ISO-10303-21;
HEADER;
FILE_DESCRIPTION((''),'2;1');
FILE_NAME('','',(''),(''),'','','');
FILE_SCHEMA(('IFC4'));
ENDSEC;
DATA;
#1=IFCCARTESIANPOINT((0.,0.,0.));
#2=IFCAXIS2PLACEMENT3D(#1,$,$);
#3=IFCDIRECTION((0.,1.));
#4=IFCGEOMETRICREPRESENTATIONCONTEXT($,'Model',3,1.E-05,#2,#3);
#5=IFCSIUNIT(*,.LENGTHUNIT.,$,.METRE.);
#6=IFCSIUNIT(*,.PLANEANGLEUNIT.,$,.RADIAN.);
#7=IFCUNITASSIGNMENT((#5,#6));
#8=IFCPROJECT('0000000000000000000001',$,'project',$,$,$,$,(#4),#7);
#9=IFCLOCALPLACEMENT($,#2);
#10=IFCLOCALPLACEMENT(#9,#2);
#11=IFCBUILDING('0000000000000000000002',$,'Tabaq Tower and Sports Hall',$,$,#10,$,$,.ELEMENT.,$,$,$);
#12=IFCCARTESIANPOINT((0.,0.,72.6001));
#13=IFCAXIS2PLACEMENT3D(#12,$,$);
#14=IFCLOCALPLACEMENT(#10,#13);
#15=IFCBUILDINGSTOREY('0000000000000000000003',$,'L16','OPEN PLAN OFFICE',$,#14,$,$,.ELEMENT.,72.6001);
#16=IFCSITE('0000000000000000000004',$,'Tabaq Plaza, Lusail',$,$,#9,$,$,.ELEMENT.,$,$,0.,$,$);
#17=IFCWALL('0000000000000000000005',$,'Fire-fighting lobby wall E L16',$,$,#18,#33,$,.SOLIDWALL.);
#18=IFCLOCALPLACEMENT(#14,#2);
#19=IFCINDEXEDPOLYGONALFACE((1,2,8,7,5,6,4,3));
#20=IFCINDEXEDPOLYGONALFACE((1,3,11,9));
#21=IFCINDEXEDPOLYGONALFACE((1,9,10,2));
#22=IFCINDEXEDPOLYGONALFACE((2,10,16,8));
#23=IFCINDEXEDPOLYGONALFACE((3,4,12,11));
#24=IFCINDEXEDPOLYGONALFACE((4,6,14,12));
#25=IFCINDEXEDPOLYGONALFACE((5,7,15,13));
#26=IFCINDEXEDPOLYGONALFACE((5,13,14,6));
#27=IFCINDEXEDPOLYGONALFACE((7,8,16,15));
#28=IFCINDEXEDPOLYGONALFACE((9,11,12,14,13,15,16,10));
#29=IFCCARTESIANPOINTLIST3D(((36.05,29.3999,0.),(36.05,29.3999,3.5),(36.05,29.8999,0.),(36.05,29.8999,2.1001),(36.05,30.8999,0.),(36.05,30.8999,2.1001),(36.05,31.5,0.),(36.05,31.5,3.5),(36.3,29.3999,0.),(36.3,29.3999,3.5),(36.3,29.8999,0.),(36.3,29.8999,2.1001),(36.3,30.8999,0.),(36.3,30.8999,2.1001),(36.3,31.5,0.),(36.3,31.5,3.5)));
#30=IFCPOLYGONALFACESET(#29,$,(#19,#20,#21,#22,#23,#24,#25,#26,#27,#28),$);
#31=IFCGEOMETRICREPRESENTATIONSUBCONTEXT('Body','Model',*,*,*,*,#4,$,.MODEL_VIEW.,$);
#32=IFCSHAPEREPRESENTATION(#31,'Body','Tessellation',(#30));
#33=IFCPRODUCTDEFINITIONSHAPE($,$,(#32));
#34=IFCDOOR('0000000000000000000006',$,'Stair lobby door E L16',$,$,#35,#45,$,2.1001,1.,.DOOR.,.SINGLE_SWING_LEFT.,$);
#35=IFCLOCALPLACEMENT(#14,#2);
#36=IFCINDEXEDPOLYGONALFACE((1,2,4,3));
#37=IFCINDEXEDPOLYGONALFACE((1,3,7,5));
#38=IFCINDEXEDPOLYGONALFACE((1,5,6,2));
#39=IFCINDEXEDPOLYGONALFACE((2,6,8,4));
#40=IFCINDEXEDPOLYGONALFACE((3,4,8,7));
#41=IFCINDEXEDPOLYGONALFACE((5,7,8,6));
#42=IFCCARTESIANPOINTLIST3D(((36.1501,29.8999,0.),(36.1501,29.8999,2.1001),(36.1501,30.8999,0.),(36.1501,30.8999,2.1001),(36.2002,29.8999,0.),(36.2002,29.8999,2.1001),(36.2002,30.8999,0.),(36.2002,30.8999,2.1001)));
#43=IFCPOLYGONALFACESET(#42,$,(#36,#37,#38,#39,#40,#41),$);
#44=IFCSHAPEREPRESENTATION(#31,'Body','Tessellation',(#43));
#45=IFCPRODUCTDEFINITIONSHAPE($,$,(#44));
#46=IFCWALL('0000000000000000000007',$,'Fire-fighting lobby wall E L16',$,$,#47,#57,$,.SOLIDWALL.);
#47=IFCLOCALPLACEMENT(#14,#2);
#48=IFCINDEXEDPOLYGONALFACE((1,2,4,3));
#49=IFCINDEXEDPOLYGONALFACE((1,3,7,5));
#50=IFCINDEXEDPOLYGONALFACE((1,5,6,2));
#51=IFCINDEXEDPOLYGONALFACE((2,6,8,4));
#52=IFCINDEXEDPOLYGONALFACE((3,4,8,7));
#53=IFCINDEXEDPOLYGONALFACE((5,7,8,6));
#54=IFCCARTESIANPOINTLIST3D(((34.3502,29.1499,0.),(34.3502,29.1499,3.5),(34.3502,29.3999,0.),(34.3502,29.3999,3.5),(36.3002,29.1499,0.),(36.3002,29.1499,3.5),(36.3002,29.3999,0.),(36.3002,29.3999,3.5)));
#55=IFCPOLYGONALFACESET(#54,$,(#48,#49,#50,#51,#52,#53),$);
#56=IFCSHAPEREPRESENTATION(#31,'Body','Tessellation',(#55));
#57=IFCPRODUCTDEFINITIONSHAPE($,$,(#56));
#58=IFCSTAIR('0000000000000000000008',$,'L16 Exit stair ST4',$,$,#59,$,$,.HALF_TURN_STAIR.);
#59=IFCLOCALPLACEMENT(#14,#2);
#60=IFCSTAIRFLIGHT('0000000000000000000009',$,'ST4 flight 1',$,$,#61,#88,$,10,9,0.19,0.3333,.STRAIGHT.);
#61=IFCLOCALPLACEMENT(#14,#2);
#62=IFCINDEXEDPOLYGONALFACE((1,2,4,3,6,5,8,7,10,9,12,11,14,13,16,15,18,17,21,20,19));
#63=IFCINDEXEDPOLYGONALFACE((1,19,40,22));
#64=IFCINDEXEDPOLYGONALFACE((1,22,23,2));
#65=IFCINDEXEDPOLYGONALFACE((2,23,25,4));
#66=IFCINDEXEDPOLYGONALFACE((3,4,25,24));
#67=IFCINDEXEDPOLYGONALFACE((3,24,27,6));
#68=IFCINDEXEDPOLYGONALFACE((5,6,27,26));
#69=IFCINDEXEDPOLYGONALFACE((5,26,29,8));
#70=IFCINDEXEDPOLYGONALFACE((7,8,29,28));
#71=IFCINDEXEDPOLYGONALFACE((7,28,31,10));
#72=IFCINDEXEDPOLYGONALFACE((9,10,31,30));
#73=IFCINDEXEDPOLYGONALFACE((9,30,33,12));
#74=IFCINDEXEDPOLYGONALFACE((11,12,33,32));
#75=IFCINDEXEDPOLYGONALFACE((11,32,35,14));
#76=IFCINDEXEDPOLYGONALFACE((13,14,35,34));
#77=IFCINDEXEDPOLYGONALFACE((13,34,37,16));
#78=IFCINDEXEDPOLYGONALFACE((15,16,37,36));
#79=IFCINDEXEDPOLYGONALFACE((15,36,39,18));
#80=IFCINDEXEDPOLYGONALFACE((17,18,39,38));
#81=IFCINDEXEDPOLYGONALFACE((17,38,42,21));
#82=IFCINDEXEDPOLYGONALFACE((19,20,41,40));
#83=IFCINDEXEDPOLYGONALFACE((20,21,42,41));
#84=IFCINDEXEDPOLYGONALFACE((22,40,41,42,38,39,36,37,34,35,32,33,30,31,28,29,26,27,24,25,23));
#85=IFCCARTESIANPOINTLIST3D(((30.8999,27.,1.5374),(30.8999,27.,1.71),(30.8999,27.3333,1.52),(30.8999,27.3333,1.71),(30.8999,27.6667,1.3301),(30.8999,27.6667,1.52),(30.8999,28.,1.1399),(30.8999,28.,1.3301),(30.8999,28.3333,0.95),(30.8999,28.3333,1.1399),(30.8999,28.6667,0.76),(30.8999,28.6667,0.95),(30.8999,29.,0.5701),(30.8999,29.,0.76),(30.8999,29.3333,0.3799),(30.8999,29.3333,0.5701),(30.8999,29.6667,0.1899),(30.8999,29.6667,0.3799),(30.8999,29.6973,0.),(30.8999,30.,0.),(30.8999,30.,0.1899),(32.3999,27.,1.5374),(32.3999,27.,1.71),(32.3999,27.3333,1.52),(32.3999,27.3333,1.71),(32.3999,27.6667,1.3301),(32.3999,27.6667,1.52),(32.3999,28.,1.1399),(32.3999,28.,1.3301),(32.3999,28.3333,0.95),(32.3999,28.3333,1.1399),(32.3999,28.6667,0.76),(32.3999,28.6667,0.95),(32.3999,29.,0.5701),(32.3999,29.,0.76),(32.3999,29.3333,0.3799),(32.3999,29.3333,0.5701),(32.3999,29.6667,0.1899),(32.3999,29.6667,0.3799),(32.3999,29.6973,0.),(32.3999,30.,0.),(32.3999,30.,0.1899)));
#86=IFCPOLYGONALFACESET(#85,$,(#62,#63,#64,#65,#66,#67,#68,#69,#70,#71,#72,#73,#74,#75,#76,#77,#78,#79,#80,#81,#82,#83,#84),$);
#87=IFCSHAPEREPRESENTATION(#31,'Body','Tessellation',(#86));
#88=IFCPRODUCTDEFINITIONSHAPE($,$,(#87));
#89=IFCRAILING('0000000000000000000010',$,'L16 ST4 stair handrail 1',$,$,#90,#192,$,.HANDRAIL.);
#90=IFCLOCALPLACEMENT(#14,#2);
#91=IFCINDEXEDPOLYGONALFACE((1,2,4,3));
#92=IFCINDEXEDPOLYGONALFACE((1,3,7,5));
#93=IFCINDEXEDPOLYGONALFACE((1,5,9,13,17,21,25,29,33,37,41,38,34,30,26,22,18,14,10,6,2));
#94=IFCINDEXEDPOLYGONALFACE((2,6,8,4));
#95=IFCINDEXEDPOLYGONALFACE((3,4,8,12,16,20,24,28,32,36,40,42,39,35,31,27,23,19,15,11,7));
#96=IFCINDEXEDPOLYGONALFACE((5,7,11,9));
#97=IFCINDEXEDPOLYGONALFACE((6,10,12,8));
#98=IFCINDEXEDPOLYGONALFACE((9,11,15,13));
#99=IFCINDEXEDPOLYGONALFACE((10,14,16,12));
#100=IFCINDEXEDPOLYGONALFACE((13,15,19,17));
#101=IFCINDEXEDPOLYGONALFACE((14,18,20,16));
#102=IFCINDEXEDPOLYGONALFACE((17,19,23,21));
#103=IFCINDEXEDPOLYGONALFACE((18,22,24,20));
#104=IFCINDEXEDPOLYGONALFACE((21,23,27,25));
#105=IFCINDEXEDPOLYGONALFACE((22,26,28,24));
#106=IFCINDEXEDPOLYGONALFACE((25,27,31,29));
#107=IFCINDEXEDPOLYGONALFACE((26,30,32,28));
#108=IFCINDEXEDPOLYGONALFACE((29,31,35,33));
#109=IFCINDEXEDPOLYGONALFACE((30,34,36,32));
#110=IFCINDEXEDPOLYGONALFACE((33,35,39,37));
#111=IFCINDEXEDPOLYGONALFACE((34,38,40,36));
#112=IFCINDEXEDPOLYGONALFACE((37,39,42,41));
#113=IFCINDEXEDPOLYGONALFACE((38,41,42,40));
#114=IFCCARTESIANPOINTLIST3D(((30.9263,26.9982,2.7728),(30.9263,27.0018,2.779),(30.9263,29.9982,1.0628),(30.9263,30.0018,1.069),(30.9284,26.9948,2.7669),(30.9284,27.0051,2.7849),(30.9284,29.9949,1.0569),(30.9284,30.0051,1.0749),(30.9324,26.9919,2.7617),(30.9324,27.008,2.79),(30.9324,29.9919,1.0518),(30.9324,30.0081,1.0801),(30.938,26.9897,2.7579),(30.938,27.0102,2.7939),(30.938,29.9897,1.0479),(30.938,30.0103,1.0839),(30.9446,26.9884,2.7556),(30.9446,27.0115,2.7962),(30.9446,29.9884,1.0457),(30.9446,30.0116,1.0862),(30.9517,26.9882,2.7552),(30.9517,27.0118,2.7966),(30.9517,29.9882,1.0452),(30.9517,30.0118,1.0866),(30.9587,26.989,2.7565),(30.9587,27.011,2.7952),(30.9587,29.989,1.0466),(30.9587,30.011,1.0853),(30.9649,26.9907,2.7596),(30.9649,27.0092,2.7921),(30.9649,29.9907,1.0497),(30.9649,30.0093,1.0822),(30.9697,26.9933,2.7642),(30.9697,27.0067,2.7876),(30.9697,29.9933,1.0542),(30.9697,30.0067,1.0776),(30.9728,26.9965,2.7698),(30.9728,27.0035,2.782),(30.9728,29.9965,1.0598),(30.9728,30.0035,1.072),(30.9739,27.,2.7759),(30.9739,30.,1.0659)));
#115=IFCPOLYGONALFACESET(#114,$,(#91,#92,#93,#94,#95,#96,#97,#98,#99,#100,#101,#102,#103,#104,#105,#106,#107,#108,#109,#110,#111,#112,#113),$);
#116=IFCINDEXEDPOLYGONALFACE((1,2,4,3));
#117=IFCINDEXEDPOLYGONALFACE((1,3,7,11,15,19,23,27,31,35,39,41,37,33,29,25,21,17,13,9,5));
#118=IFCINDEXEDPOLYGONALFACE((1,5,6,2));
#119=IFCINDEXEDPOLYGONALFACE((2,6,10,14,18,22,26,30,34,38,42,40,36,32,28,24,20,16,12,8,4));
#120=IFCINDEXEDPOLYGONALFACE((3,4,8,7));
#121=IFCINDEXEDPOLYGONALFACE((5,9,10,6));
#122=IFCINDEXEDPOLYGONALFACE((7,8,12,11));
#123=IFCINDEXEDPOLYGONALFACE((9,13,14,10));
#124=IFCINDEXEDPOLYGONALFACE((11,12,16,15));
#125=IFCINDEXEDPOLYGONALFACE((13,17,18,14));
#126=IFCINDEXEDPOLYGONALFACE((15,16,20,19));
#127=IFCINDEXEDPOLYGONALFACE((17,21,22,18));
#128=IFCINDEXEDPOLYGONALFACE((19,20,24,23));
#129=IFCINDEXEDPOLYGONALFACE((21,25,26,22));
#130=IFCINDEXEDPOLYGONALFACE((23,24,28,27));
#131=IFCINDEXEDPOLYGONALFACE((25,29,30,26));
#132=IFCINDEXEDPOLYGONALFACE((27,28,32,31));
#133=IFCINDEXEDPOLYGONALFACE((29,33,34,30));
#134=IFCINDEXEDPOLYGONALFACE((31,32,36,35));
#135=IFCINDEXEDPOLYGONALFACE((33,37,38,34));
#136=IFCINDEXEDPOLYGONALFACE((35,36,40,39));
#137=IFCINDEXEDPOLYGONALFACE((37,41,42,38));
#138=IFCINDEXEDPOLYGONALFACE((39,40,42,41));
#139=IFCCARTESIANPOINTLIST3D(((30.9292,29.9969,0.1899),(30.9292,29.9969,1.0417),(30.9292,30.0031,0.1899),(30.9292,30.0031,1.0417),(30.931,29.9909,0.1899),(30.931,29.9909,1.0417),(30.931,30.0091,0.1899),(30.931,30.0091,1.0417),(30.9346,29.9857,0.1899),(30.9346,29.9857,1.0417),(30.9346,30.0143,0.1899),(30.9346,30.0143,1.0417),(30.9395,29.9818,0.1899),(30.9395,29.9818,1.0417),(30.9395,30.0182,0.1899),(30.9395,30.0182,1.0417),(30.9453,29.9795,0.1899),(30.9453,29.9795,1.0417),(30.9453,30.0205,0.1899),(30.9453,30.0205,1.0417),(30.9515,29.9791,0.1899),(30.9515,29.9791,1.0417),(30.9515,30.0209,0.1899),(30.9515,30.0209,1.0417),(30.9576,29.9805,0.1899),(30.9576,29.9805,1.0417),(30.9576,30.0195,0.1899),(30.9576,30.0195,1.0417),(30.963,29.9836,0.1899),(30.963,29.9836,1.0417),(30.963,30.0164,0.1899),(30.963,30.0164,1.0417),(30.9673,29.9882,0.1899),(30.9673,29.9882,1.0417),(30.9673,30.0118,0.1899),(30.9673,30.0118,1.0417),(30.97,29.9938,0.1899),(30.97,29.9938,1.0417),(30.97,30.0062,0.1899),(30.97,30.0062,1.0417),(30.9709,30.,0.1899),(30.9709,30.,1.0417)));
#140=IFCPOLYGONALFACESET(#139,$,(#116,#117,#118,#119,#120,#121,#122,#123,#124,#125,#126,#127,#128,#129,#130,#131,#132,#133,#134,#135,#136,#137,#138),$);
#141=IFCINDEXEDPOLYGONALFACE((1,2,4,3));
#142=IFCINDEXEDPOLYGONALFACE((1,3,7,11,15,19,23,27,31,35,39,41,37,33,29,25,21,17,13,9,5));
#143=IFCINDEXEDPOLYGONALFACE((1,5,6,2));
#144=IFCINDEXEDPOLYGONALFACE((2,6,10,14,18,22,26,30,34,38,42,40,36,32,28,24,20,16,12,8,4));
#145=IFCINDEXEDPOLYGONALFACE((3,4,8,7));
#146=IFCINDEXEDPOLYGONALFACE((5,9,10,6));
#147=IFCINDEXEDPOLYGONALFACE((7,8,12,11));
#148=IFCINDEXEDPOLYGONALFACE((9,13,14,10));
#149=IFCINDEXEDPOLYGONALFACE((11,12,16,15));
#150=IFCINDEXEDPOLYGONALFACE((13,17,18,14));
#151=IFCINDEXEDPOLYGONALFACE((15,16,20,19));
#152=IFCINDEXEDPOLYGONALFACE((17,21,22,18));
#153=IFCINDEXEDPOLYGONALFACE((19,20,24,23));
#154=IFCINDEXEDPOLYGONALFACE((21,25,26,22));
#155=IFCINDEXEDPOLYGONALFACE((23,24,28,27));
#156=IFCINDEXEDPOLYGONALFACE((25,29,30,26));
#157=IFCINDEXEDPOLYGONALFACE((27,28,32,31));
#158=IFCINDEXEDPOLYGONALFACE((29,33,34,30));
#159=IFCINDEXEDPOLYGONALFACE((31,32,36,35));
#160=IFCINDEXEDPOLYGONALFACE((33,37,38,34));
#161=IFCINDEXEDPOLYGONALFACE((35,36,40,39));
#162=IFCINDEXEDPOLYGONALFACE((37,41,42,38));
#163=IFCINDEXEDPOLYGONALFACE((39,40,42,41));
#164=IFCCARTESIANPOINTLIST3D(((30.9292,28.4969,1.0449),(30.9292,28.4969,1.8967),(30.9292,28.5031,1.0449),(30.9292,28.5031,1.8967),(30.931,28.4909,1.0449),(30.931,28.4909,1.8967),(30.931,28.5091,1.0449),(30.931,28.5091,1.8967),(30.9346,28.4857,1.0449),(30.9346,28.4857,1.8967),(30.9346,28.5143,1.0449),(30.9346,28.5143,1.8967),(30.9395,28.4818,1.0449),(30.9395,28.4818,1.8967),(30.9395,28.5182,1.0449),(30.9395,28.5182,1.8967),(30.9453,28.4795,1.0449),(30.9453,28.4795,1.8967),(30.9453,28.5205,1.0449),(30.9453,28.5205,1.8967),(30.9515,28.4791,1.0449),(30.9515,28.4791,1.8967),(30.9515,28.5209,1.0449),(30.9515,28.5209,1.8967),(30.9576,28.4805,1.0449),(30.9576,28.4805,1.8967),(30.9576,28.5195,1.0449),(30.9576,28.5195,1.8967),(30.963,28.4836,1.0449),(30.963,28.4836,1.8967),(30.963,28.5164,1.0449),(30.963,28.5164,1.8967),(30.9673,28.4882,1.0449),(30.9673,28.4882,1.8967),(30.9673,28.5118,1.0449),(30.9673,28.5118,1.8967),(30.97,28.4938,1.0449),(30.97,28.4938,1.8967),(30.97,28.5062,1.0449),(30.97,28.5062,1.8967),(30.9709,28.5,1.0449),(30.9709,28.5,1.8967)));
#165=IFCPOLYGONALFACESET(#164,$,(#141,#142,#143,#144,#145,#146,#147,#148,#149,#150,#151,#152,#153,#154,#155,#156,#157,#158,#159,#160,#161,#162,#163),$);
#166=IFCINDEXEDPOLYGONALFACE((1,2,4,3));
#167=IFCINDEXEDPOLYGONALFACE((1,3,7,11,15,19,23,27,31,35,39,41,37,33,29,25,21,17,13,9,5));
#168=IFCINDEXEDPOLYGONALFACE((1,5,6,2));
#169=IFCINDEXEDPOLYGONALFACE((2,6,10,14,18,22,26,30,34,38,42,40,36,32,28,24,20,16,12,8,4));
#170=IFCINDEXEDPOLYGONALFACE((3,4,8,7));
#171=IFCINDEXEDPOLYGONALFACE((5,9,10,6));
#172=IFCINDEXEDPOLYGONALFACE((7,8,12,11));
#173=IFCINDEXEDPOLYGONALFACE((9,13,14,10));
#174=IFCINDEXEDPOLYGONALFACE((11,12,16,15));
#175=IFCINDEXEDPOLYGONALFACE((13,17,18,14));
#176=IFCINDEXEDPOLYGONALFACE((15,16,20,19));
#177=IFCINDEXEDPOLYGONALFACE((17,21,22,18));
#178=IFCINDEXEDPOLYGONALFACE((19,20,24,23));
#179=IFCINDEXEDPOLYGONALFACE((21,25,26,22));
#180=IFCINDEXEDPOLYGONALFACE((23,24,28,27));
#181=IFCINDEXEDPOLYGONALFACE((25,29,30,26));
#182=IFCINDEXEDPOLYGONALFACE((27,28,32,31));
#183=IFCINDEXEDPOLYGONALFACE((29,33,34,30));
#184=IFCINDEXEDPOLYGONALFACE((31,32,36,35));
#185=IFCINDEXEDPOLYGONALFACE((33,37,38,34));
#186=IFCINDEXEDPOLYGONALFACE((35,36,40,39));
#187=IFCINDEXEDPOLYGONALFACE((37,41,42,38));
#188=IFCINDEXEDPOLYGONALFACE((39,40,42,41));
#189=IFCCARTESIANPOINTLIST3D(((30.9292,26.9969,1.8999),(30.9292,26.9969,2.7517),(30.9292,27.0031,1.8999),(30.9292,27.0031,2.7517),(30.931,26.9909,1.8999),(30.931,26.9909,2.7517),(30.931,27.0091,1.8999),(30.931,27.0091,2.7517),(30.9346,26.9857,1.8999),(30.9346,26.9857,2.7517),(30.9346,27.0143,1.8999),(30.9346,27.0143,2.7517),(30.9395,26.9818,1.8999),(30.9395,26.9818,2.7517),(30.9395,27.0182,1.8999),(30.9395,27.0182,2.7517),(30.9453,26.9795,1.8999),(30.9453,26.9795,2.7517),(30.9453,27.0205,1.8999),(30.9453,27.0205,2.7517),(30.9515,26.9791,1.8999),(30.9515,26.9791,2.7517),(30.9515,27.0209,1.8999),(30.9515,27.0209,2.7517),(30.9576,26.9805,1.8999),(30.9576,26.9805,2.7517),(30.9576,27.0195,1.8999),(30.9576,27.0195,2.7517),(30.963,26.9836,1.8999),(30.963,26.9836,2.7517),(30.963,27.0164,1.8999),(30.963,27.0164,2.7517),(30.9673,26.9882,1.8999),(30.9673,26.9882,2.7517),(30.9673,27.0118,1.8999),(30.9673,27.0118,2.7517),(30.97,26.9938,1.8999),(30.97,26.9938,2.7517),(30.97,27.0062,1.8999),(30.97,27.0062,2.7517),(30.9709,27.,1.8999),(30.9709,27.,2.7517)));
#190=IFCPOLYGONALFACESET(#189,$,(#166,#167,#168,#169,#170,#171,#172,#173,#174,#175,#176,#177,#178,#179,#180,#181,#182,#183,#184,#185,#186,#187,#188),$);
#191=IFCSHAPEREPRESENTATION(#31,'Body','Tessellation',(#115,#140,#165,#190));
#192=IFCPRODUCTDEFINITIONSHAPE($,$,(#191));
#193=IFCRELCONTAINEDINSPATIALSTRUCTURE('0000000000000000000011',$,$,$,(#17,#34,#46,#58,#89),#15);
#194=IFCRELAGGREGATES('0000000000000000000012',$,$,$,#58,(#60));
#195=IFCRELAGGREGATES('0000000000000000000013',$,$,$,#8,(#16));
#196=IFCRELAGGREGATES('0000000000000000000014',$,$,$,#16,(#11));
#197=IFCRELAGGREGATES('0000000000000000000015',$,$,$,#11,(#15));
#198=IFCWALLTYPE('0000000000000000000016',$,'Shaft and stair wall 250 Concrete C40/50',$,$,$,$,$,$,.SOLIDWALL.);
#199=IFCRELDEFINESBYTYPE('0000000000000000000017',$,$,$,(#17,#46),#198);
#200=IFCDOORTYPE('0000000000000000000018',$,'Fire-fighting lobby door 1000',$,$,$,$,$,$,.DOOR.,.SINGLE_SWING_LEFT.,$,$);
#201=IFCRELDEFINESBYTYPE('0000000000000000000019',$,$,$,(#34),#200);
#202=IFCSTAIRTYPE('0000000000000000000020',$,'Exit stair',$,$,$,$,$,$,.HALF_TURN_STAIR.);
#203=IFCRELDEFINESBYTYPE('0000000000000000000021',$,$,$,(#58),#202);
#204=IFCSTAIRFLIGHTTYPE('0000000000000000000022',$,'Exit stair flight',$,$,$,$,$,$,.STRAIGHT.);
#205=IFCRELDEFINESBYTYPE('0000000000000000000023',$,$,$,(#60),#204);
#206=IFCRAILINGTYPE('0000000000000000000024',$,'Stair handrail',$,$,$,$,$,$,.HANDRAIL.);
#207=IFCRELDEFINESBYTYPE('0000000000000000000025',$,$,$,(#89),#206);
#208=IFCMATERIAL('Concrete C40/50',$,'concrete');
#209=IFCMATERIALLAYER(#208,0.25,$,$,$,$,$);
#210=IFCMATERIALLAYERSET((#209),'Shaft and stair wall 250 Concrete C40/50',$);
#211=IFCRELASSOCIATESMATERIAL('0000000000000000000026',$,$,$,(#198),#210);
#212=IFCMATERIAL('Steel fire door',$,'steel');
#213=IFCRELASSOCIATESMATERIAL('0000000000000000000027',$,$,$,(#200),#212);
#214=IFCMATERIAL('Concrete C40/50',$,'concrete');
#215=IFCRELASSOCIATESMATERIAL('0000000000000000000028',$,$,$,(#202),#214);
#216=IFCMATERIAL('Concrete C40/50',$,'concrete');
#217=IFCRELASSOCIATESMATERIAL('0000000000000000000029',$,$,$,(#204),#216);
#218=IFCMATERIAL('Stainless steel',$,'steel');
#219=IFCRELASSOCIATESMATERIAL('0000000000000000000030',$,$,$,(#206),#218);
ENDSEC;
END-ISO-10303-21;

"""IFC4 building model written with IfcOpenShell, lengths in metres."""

from ifc_helpers import new_model, si_unit, direction, frame, frame_2d, origin, origin_2d, place, context, subcontext, project, spatial, polyline, rectangle, circle, outline, extrude, material, layer, layer_set, type_object, element, fill, aggregate, save


model = new_model("IFC4")

# Units and contexts
model_context = context("Model", 3, precision=1e-05, world=origin(), true_north=direction((0.0, 1.0)))
body_context = subcontext(model_context, "Body", "Model", "MODEL_VIEW")
ifc_project = project(units=[si_unit("LENGTHUNIT", "METRE"), si_unit("PLANEANGLEUNIT", "RADIAN")], contexts=[model_context])

# Site, building, storey
site_placement = place(None, origin())
site = spatial("IfcSite", under=ifc_project, at=site_placement, Name="Tabaq Plaza, Lusail", CompositionType="ELEMENT", RefElevation=0.0)
building_placement = place(site_placement, origin())
building = spatial("IfcBuilding", under=site, at=building_placement, Name="Tabaq Tower and Sports Hall", CompositionType="ELEMENT")
storey_placement = place(building_placement, frame((0.0, 0.0, 72.6001)))
storey = spatial("IfcBuildingStorey", under=building, at=storey_placement, Name="L16", Description="OPEN PLAN OFFICE", CompositionType="ELEMENT", Elevation=72.6001)

# Wall, opening, door
ifc_material_1 = material(Name="Concrete C40/50", Category="concrete")
ifc_layer_1 = layer(ifc_material_1, 0.25)
ifc_layer_set_1 = layer_set([ifc_layer_1], Name="Shaft and stair wall 250 Concrete C40/50")
wall_type_1 = type_object("IfcWallType", Name="Shaft and stair wall 250 Concrete C40/50", PredefinedType="SOLIDWALL", material=ifc_layer_set_1)
wall_1_placement = place(storey_placement, frame((36.175, 29.3999, 0.0), z_axis=(0.0, 0.0, 1.0), x_axis=(0.0, 1.0, 0.0)))
wall_1 = element("IfcWall", 1, at=wall_1_placement, inside=storey, type_object=wall_type_1, Name="Fire-fighting lobby wall E L16", PredefinedType="SOLIDWALL", context=body_context, shape_type="SweptSolid", body=[
    extrude(rectangle(XDim=2.1001, YDim=0.25, at=frame_2d((1.05, 0.0))), origin(), (0.0, 0.0, 1.0), 3.5),
])
opening_1_placement = place(wall_1_placement, frame((0.5, 0.0, 0.0)))
opening_1 = element("IfcOpeningElement", 2, at=opening_1_placement, cuts=wall_1, PredefinedType="OPENING", context=body_context, shape_type="SweptSolid", body=[
    extrude(rectangle(XDim=1.0, YDim=2.1001, at=frame_2d((0.5, 1.05))), frame((0.0, 0.125, 0.0), z_axis=(0.0, -1.0, 0.0), x_axis=(1.0, 0.0, 0.0)), (0.0, 0.0, 1.0), 0.25),
])
ifc_material_2 = material(Name="Steel fire door", Category="steel")
door_type_1 = type_object("IfcDoorType", Name="Fire-fighting lobby door 1000", OperationType="SINGLE_SWING_LEFT", PredefinedType="DOOR", material=ifc_material_2)
door_1_placement = place(opening_1_placement, origin())
door_1 = element("IfcDoor", 3, at=door_1_placement, inside=storey, type_object=door_type_1, Name="Stair lobby door E L16", OperationType="SINGLE_SWING_LEFT", OverallHeight=2.1001, OverallWidth=1.0, PredefinedType="DOOR", context=body_context, shape_type="SweptSolid", body=[
    extrude(rectangle(XDim=1.0, YDim=2.1001, at=frame_2d((0.5, 1.05))), frame((0.0, 0.0249, 0.0), z_axis=(0.0, -1.0, 0.0), x_axis=(1.0, 0.0, 0.0)), (0.0, 0.0, 1.0), 0.05),
])
fill(opening_1, door_1)

# Wall
wall_2_placement = place(storey_placement, frame((34.3501, 29.2749, 0.0), z_axis=(0.0, 0.0, 1.0), x_axis=(1.0, 0.0, 0.0)))
element("IfcWall", 4, at=wall_2_placement, inside=storey, type_object=wall_type_1, Name="Fire-fighting lobby wall E L16", PredefinedType="SOLIDWALL", context=body_context, shape_type="SweptSolid", body=[
    extrude(rectangle(XDim=1.95, YDim=0.25, at=frame_2d((0.9751, 0.0))), origin(), (0.0, 0.0, 1.0), 3.5),
])

# Stair, stair flight
ifc_material_3 = material(Name="Concrete C40/50", Category="concrete")
stair_type = type_object("IfcStairType", Name="Exit stair", PredefinedType="HALF_TURN_STAIR", material=ifc_material_3)
stair_placement = place(storey_placement, origin())
stair = element("IfcStair", 5, at=stair_placement, inside=storey, type_object=stair_type, Name="L16 Exit stair ST4", PredefinedType="HALF_TURN_STAIR")
ifc_material_4 = material(Name="Concrete C40/50", Category="concrete")
stair_flight_type = type_object("IfcStairFlightType", Name="Exit stair flight", PredefinedType="STRAIGHT", material=ifc_material_4)
stair_flight_placement = place(storey_placement, frame((31.6499, 30.0, 0.0), z_axis=(0.0, 0.0, 1.0), x_axis=(0.0, -1.0, 0.0)))
stair_flight = element("IfcStairFlight", 6, at=stair_flight_placement, type_object=stair_flight_type, Name="ST4 flight 1", NumberOfRisers=10, NumberOfTreads=9, PredefinedType="STRAIGHT", RiserHeight=0.19, TreadLength=0.3333, context=body_context, shape_type="SweptSolid", body=[
    extrude(outline(polyline([(0.0, 0.0), (0.0, 0.1899), (0.3333, 0.1899), (0.3333, 0.3799), (0.6667, 0.3799), (0.6667, 0.5701), (1.0, 0.5701), (1.0, 0.76), (1.3333, 0.76), (1.3333, 0.95), (1.6667, 0.95), (1.6667, 1.1399), (2.0, 1.1399), (2.0, 1.3301), (2.3333, 1.3301), (2.3333, 1.52), (2.6667, 1.52), (2.6667, 1.71), (3.0, 1.71), (3.0, 1.8999), (3.0, 1.5374), (0.3027, 0.0), (0.0, 0.0)])), frame((0.0, 0.75, 0.0), z_axis=(0.0, -1.0, 0.0), x_axis=(1.0, 0.0, 0.0)), (0.0, 0.0, 1.0), 1.5),
])
aggregate(stair, [stair_flight])

# Railing
ifc_material_5 = material(Name="Stainless steel", Category="steel")
railing_type_1 = type_object("IfcRailingType", Name="Stair handrail", PredefinedType="HANDRAIL", material=ifc_material_5)
railing_1_placement = place(storey_placement, frame((30.95, 30.0, 0.1899)))
element("IfcRailing", 7, at=railing_1_placement, inside=storey, type_object=railing_type_1, Name="L16 ST4 stair handrail 1", PredefinedType="HANDRAIL", context=body_context, shape_type="SweptSolid", body=[
    extrude(circle(Radius=0.0239, at=origin_2d()), frame((0.0, 0.0, 0.876), z_axis=(0.0, -0.868782, 0.495195), x_axis=(1.0, 0.0, 0.0)), (0.0, 0.0, 1.0), 3.4531),
    extrude(circle(Radius=0.021, at=origin_2d()), origin(), (0.0, 0.0, 1.0), 0.8518),
    extrude(circle(Radius=0.021, at=origin_2d()), frame((0.0, -1.5, 0.855)), (0.0, 0.0, 1.0), 0.8518),
    extrude(circle(Radius=0.021, at=origin_2d()), frame((0.0, -3.0, 1.71)), (0.0, 0.0, 1.0), 0.8518),
])

save(model, "model.ifc")
